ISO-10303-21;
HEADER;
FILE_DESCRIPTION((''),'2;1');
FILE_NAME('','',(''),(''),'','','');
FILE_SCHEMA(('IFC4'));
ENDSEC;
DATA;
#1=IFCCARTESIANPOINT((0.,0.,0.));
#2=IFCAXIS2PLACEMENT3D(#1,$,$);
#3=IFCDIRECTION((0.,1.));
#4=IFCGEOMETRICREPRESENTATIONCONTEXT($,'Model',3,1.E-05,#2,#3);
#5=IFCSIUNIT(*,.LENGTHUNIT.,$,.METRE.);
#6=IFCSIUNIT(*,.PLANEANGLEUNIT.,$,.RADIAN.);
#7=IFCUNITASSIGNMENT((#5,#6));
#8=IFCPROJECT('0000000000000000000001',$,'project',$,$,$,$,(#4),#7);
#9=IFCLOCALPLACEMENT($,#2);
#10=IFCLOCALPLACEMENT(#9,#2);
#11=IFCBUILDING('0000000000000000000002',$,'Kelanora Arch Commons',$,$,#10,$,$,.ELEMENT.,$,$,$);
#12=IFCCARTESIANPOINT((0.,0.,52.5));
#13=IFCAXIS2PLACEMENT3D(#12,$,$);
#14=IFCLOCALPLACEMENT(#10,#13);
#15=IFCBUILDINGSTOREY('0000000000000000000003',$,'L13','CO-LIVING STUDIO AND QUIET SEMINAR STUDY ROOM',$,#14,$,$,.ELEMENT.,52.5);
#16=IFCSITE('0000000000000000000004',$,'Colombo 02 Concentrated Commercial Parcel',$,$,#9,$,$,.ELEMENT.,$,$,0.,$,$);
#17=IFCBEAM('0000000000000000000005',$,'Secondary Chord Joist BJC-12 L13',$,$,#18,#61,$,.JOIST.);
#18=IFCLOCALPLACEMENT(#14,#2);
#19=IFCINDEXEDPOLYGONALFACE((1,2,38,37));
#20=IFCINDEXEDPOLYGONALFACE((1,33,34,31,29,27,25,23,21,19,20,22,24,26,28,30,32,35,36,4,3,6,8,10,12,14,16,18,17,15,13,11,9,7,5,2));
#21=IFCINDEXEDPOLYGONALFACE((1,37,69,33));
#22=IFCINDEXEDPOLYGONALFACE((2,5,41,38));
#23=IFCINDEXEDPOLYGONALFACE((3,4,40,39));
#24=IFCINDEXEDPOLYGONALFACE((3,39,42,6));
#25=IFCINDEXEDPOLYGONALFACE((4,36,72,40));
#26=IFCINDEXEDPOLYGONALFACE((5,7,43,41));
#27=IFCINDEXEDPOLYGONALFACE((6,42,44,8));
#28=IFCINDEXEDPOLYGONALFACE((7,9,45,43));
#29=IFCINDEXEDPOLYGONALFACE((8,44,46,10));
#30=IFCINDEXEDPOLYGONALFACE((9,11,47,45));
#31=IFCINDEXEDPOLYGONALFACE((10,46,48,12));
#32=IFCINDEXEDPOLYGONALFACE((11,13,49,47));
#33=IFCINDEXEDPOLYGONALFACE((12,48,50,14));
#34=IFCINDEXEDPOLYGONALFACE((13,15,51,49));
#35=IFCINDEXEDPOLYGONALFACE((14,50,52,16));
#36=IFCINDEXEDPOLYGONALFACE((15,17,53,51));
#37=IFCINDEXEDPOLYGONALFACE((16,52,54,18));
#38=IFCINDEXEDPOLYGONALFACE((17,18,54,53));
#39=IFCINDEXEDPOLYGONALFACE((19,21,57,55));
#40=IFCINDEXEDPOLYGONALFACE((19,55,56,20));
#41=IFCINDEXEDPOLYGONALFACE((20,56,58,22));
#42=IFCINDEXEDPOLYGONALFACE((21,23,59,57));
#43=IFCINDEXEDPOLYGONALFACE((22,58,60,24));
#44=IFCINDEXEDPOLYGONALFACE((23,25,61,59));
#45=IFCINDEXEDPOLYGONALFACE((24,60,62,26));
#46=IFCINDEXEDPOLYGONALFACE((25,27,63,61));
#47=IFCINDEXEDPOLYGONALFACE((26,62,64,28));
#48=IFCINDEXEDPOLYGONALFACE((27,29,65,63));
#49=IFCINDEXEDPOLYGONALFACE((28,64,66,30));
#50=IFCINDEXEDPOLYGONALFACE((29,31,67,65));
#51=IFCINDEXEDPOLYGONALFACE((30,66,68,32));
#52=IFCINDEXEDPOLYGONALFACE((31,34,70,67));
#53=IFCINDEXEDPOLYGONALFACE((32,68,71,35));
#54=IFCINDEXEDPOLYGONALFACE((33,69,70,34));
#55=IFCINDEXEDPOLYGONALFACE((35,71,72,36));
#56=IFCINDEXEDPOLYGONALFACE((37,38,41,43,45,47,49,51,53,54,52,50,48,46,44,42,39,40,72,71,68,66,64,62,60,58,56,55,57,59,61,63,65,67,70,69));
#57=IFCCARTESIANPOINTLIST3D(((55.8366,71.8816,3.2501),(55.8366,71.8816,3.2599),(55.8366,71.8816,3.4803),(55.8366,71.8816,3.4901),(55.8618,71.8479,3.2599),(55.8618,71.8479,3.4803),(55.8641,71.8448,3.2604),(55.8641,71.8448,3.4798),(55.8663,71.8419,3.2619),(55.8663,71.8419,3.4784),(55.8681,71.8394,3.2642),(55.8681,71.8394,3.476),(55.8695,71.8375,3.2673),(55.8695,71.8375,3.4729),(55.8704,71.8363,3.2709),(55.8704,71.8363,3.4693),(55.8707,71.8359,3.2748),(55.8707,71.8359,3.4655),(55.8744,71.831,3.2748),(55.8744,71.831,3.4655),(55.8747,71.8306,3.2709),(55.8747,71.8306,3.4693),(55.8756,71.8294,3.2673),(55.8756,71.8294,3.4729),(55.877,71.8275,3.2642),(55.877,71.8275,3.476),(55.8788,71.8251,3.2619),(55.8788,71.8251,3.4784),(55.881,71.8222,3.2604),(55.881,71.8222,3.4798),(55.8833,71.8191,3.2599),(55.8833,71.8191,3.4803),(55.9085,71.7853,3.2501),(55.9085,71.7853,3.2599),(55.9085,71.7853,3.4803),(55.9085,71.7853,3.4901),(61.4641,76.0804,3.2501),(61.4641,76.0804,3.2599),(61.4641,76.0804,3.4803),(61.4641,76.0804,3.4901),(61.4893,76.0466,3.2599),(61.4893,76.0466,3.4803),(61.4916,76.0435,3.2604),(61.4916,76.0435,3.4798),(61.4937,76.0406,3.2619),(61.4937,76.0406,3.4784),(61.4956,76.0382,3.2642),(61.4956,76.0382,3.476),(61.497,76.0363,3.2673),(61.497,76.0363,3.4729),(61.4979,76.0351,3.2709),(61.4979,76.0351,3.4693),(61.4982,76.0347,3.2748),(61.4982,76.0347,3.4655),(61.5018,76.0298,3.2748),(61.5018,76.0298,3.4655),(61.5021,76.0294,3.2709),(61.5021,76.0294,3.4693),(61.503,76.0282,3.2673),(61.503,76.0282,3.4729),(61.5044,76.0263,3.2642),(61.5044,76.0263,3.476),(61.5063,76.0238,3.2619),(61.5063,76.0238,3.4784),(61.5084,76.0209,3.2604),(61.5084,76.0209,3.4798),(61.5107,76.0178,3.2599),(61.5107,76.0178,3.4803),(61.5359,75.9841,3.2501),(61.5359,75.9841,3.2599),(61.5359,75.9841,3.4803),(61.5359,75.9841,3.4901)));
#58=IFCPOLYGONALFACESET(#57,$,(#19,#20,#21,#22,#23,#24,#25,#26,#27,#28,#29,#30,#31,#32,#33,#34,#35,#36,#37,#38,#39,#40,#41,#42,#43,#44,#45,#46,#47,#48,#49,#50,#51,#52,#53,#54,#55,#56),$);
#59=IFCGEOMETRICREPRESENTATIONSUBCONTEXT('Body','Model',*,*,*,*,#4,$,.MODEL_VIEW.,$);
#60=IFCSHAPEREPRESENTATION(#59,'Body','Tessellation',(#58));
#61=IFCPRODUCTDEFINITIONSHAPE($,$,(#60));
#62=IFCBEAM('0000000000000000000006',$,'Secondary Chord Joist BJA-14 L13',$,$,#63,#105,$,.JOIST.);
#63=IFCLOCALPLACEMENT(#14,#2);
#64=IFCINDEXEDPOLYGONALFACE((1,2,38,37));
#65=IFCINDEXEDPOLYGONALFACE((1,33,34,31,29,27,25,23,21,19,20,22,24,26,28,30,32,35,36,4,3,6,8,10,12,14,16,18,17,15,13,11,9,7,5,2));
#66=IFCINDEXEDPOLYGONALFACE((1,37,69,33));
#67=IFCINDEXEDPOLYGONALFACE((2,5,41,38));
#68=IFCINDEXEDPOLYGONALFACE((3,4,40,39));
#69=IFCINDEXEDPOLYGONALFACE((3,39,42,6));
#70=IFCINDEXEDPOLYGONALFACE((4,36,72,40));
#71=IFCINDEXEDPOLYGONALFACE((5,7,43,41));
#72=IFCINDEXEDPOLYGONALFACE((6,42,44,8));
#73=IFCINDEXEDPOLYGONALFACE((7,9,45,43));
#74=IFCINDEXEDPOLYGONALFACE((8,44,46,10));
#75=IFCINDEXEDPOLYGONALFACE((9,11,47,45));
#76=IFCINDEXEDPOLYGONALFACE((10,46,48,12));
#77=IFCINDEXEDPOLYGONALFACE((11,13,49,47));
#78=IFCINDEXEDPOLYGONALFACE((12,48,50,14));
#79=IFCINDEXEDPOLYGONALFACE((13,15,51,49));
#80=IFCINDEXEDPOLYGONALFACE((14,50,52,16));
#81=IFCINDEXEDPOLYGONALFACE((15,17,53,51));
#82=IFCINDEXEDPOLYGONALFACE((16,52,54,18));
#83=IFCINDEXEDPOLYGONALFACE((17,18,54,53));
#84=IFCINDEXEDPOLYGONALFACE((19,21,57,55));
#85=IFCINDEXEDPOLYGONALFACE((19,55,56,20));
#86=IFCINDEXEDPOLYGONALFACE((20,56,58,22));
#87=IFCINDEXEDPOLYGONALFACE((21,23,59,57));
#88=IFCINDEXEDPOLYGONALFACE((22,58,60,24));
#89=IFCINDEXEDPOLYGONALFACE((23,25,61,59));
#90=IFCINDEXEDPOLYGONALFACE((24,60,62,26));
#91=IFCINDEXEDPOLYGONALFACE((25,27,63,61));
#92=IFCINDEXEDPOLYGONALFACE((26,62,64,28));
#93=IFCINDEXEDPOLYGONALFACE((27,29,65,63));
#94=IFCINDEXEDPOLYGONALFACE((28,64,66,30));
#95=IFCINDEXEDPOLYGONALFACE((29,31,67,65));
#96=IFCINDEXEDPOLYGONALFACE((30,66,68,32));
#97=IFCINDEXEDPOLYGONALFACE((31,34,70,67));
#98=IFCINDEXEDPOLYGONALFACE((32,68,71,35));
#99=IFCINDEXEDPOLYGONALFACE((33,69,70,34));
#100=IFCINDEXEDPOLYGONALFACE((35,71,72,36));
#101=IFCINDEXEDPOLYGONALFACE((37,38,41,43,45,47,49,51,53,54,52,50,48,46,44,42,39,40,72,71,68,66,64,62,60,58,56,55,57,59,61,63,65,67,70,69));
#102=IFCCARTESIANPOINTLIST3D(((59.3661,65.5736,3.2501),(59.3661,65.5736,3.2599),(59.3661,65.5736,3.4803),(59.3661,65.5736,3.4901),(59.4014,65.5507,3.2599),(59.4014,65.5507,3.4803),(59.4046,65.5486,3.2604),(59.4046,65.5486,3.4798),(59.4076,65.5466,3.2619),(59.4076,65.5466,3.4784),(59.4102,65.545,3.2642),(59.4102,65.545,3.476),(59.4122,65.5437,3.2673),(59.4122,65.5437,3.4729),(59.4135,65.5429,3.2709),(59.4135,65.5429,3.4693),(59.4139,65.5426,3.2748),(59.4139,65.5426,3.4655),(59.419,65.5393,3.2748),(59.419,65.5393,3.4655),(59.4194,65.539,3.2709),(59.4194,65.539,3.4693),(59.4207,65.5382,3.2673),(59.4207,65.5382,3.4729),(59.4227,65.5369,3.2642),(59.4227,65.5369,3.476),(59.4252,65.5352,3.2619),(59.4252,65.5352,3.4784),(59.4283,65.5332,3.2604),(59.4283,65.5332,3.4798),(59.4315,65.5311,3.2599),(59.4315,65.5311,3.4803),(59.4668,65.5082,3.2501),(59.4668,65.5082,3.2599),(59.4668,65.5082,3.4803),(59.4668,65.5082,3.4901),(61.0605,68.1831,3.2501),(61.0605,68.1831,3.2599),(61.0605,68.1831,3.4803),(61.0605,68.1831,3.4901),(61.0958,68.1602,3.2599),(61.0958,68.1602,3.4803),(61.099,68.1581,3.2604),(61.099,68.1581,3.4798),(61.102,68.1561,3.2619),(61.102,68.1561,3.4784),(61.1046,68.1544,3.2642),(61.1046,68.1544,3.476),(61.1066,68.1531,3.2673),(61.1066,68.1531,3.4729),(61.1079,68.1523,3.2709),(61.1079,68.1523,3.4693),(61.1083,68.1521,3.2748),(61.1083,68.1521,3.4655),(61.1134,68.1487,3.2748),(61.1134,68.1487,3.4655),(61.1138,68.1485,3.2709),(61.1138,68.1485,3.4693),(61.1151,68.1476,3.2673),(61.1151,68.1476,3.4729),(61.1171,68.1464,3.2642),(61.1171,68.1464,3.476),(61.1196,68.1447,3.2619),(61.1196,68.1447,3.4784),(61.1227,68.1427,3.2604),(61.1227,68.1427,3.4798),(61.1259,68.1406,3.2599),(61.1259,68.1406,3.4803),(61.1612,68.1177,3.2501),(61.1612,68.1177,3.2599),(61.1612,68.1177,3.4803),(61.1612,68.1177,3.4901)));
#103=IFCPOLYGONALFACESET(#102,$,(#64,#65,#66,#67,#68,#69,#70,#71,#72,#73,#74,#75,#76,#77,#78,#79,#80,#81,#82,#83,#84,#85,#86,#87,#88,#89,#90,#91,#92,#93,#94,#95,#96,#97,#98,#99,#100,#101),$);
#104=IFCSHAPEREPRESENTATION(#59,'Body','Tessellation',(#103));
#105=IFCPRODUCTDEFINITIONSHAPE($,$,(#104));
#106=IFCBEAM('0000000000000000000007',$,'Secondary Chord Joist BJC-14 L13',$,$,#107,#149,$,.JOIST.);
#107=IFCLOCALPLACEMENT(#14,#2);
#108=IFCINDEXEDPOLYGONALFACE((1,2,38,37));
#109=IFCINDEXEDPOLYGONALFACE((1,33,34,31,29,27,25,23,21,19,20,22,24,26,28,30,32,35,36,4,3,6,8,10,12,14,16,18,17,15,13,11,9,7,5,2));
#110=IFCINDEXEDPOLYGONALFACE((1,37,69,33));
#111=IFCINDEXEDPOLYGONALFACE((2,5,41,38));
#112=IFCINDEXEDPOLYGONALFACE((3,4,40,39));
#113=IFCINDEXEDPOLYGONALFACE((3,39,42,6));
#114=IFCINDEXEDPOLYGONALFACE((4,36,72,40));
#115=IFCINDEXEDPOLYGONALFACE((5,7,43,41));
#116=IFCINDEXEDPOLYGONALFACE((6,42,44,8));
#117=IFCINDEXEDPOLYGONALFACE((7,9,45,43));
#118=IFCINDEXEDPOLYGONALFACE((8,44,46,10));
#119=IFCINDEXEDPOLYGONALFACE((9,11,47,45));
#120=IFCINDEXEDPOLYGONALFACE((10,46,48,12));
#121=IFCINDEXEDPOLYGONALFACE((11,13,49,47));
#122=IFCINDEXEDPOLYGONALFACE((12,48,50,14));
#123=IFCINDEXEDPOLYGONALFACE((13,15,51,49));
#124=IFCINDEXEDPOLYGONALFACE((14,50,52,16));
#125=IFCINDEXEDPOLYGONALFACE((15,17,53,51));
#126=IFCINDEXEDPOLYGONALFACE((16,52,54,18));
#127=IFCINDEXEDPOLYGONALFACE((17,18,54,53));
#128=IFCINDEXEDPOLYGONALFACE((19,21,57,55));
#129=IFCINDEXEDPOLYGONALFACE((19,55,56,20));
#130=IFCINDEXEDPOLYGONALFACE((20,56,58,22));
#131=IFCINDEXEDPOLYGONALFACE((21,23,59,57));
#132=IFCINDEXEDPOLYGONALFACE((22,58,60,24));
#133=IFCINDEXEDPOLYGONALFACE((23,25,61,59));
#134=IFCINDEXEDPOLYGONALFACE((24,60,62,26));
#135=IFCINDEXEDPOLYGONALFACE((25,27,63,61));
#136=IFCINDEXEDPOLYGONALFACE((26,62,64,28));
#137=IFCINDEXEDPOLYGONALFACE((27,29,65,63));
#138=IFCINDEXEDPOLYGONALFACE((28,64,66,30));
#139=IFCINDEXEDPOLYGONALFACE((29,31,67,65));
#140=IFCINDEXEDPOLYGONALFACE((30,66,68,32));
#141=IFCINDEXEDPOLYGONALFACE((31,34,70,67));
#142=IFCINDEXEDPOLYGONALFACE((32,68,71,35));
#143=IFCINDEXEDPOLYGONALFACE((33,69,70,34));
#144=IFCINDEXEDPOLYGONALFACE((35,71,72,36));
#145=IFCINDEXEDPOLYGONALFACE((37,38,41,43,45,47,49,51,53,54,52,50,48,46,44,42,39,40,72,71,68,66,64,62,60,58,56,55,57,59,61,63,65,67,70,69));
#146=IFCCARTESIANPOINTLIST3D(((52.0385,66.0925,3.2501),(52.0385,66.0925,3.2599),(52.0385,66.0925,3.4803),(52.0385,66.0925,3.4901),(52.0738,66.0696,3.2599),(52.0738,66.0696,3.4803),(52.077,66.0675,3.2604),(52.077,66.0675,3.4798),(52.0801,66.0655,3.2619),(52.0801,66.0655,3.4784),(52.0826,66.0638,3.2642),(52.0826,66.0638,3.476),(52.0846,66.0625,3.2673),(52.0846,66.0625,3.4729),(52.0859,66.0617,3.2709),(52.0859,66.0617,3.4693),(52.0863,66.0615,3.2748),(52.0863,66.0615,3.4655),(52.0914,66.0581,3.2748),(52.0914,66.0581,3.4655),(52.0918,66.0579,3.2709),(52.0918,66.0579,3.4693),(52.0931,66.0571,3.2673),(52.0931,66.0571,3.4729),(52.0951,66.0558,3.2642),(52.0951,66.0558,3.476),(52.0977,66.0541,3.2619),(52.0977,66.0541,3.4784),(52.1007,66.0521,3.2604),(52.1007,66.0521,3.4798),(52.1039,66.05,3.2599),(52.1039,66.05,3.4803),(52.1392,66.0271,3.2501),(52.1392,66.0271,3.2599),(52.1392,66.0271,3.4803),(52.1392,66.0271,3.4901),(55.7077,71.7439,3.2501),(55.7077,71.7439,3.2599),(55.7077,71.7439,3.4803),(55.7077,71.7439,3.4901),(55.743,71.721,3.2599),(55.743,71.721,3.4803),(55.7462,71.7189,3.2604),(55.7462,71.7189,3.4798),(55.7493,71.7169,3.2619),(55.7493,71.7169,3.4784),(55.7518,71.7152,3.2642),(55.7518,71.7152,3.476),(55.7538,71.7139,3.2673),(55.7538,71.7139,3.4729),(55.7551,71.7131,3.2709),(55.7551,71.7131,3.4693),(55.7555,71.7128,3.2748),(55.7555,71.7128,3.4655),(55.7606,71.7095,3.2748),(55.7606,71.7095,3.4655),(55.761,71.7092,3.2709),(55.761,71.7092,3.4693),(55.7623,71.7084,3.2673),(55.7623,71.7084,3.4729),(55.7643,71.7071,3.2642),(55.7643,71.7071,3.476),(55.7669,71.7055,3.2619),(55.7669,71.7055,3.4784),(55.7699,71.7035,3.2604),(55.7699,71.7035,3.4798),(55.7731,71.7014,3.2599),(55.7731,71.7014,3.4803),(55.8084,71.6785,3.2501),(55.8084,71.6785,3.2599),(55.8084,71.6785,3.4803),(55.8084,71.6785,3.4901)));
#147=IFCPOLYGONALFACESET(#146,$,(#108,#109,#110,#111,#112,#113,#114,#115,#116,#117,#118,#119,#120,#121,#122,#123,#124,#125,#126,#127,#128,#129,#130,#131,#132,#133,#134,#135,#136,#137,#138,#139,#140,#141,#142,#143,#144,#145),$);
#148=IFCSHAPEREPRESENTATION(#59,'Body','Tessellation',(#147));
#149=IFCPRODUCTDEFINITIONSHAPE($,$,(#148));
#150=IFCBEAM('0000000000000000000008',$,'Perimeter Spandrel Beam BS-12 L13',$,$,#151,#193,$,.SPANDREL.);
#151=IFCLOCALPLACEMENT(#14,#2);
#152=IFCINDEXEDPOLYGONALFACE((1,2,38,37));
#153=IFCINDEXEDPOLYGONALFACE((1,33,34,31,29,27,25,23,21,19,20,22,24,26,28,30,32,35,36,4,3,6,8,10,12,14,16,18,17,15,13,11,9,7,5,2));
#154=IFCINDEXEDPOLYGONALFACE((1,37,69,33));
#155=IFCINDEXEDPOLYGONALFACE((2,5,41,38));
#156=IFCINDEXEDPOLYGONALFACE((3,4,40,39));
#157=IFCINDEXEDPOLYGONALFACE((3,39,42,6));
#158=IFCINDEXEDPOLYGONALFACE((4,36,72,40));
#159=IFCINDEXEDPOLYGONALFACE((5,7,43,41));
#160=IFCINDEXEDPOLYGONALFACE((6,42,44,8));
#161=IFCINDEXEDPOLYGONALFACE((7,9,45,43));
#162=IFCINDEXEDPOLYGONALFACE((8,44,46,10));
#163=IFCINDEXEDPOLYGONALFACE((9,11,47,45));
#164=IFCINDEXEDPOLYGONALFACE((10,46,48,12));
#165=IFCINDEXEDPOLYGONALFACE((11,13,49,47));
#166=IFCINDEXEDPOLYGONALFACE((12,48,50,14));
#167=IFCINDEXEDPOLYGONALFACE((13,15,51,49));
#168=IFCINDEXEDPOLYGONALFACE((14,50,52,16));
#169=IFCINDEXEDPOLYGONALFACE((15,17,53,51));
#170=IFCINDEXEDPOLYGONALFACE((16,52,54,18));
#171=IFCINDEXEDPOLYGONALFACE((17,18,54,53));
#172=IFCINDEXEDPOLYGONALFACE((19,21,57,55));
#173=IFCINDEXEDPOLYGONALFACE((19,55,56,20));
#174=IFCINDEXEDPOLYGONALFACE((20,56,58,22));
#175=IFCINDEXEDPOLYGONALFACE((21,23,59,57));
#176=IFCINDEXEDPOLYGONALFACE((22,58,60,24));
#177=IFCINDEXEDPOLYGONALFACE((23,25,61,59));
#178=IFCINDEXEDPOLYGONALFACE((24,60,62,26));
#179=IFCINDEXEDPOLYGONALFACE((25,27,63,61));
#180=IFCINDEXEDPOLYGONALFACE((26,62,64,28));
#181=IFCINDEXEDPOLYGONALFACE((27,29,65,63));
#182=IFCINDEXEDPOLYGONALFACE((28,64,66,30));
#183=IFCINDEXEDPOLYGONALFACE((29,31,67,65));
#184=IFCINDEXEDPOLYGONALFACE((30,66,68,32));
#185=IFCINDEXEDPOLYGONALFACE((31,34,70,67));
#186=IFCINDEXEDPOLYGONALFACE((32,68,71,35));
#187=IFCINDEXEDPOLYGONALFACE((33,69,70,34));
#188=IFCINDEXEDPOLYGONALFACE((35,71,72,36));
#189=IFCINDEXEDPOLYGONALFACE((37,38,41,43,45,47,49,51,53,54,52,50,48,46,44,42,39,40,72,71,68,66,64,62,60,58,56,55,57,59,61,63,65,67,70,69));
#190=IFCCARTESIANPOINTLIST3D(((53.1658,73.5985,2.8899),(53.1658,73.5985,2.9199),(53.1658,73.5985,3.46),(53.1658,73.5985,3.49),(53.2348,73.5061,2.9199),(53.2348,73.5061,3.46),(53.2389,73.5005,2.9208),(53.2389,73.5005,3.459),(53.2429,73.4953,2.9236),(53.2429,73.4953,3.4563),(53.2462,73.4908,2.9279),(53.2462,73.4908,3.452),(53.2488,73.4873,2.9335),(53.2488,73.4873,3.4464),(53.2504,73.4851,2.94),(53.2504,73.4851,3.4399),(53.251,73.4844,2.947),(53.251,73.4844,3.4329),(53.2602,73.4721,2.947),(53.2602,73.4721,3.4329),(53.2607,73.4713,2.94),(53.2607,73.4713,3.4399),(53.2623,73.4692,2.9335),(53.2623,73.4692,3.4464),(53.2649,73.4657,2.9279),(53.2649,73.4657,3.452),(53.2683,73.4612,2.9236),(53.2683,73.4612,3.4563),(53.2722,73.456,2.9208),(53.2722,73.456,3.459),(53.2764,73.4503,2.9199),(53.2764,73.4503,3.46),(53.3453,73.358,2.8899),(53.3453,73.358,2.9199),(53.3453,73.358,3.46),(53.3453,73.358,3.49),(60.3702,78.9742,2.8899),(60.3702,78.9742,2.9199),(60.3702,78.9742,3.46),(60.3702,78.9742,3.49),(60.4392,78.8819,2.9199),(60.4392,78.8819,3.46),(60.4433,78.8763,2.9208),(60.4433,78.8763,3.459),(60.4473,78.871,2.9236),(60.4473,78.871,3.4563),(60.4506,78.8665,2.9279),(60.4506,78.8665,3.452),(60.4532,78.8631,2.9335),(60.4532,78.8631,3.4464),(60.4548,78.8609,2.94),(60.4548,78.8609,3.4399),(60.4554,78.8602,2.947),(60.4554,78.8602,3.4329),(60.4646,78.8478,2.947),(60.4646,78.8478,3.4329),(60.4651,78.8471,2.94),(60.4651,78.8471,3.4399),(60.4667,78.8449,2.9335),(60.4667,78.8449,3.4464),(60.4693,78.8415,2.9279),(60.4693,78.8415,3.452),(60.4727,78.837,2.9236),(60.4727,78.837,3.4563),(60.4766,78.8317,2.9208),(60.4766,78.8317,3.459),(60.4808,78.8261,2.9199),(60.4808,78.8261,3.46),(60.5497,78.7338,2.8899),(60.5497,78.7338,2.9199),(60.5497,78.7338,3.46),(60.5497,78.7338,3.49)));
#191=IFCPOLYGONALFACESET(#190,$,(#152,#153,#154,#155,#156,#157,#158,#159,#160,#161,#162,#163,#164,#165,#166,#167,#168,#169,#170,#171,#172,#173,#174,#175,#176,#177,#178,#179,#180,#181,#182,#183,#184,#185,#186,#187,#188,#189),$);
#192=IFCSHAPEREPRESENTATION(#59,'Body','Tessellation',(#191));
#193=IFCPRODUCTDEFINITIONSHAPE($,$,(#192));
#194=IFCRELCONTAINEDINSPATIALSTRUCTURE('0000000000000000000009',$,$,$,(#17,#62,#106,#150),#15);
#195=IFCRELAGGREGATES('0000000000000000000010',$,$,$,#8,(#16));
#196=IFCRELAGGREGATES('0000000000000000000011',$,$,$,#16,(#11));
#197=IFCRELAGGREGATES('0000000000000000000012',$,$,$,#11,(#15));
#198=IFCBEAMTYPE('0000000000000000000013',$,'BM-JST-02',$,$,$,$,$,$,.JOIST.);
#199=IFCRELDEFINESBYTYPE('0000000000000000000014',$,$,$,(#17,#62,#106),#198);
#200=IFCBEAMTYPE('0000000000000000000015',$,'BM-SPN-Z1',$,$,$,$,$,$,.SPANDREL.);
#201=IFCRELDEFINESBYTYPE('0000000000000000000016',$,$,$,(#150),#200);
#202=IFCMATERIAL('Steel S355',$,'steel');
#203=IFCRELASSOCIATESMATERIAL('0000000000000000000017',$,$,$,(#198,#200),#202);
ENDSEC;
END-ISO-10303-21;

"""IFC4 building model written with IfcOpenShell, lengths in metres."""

from ifc_helpers import new_model, si_unit, direction, frame, origin, origin_2d, place, context, subcontext, project, spatial, i_section, extrude, material, material_profile, profile_set, type_object, element, save


model = new_model("IFC4")

# Units and contexts
model_context = context("Model", 3, precision=1e-05, world=origin(), true_north=direction((0.0, 1.0)))
body_context = subcontext(model_context, "Body", "Model", "MODEL_VIEW")
ifc_project = project(units=[si_unit("LENGTHUNIT", "METRE"), si_unit("PLANEANGLEUNIT", "RADIAN")], contexts=[model_context])

# Site, building, storey
site_placement = place(None, origin())
site = spatial("IfcSite", under=ifc_project, at=site_placement, Name="Colombo 02 Concentrated Commercial Parcel", CompositionType="ELEMENT", RefElevation=0.0)
building_placement = place(site_placement, origin())
building = spatial("IfcBuilding", under=site, at=building_placement, Name="Kelanora Arch Commons", CompositionType="ELEMENT")
storey_placement = place(building_placement, frame((0.0, 0.0, 52.5)))
storey = spatial("IfcBuildingStorey", under=building, at=storey_placement, Name="L13", Description="CO-LIVING STUDIO AND QUIET SEMINAR STUDY ROOM", CompositionType="ELEMENT", Elevation=52.5)

# Beams
ifc_material_1 = material(Name="Steel S355", Category="steel")
ifc_material_profile_1 = material_profile(ifc_material_1, i_section(OverallWidth=0.1201, OverallDepth=0.24, WebThickness=0.0061, FlangeThickness=0.0098, FilletRadius=0.0149, at=origin_2d()), Name="IPE240")
ifc_profile_set_1 = profile_set([ifc_material_profile_1], Name="Steel S355")
beam_type_1 = type_object("IfcBeamType", Name="BM-JST-02", PredefinedType="JOIST", material=ifc_profile_set_1)
beam_1_placement = place(storey_placement, frame((61.5, 76.0322, 3.3701), z_axis=(-0.801491, -0.598006, 0.0), x_axis=(0.598006, -0.801491, 0.0)))
element("IfcBeam", 1, at=beam_1_placement, inside=storey, type_object=beam_type_1, Name="Secondary Chord Joist BJC-12 L13", PredefinedType="JOIST", context=body_context, shape_type="SweptSolid", body=[
    extrude(i_section(OverallWidth=0.1201, OverallDepth=0.24, WebThickness=0.0061, FlangeThickness=0.0098, FilletRadius=0.0149, at=origin_2d()), origin(), (0.0, 0.0, 1.0), 7.0212),
])
beam_2_placement = place(storey_placement, frame((61.1108, 68.1504, 3.3701), z_axis=(-0.544591, -0.838702, 0.0), x_axis=(0.838702, -0.544591, 0.0)))
element("IfcBeam", 2, at=beam_2_placement, inside=storey, type_object=beam_type_1, Name="Secondary Chord Joist BJA-14 L13", PredefinedType="JOIST", context=body_context, shape_type="SweptSolid", body=[
    extrude(i_section(OverallWidth=0.1201, OverallDepth=0.24, WebThickness=0.0061, FlangeThickness=0.0098, FilletRadius=0.0149, at=origin_2d()), origin(), (0.0, 0.0, 1.0), 3.1113),
])
beam_3_placement = place(storey_placement, frame((55.7581, 71.7112, 3.3701), z_axis=(-0.54455, -0.838728, 0.0), x_axis=(0.838728, -0.54455, 0.0)))
element("IfcBeam", 3, at=beam_3_placement, inside=storey, type_object=beam_type_1, Name="Secondary Chord Joist BJC-14 L13", PredefinedType="JOIST", context=body_context, shape_type="SweptSolid", body=[
    extrude(i_section(OverallWidth=0.1201, OverallDepth=0.24, WebThickness=0.0061, FlangeThickness=0.0098, FilletRadius=0.0149, at=origin_2d()), origin(), (0.0, 0.0, 1.0), 6.738),
])
ifc_material_profile_2 = material_profile(ifc_material_1, i_section(OverallWidth=0.3, OverallDepth=0.6001, WebThickness=0.0154, FlangeThickness=0.03, FilletRadius=0.0271, at=origin_2d()), Name="HEB600")
ifc_profile_set_2 = profile_set([ifc_material_profile_2], Name="Steel S355")
beam_type_2 = type_object("IfcBeamType", Name="BM-SPN-Z1", PredefinedType="SPANDREL", material=ifc_profile_set_2)
beam_4_placement = place(storey_placement, frame((60.46, 78.854, 3.1899), z_axis=(-0.801468, -0.598038, 0.0), x_axis=(0.598038, -0.801468, 0.0)))
element("IfcBeam", 4, at=beam_4_placement, inside=storey, type_object=beam_type_2, Name="Perimeter Spandrel Beam BS-12 L13", PredefinedType="SPANDREL", context=body_context, shape_type="SweptSolid", body=[
    extrude(i_section(OverallWidth=0.3, OverallDepth=0.6001, WebThickness=0.0154, FlangeThickness=0.03, FilletRadius=0.0271, at=origin_2d()), origin(), (0.0, 0.0, 1.0), 8.989),
])

save(model, "model.ifc")
